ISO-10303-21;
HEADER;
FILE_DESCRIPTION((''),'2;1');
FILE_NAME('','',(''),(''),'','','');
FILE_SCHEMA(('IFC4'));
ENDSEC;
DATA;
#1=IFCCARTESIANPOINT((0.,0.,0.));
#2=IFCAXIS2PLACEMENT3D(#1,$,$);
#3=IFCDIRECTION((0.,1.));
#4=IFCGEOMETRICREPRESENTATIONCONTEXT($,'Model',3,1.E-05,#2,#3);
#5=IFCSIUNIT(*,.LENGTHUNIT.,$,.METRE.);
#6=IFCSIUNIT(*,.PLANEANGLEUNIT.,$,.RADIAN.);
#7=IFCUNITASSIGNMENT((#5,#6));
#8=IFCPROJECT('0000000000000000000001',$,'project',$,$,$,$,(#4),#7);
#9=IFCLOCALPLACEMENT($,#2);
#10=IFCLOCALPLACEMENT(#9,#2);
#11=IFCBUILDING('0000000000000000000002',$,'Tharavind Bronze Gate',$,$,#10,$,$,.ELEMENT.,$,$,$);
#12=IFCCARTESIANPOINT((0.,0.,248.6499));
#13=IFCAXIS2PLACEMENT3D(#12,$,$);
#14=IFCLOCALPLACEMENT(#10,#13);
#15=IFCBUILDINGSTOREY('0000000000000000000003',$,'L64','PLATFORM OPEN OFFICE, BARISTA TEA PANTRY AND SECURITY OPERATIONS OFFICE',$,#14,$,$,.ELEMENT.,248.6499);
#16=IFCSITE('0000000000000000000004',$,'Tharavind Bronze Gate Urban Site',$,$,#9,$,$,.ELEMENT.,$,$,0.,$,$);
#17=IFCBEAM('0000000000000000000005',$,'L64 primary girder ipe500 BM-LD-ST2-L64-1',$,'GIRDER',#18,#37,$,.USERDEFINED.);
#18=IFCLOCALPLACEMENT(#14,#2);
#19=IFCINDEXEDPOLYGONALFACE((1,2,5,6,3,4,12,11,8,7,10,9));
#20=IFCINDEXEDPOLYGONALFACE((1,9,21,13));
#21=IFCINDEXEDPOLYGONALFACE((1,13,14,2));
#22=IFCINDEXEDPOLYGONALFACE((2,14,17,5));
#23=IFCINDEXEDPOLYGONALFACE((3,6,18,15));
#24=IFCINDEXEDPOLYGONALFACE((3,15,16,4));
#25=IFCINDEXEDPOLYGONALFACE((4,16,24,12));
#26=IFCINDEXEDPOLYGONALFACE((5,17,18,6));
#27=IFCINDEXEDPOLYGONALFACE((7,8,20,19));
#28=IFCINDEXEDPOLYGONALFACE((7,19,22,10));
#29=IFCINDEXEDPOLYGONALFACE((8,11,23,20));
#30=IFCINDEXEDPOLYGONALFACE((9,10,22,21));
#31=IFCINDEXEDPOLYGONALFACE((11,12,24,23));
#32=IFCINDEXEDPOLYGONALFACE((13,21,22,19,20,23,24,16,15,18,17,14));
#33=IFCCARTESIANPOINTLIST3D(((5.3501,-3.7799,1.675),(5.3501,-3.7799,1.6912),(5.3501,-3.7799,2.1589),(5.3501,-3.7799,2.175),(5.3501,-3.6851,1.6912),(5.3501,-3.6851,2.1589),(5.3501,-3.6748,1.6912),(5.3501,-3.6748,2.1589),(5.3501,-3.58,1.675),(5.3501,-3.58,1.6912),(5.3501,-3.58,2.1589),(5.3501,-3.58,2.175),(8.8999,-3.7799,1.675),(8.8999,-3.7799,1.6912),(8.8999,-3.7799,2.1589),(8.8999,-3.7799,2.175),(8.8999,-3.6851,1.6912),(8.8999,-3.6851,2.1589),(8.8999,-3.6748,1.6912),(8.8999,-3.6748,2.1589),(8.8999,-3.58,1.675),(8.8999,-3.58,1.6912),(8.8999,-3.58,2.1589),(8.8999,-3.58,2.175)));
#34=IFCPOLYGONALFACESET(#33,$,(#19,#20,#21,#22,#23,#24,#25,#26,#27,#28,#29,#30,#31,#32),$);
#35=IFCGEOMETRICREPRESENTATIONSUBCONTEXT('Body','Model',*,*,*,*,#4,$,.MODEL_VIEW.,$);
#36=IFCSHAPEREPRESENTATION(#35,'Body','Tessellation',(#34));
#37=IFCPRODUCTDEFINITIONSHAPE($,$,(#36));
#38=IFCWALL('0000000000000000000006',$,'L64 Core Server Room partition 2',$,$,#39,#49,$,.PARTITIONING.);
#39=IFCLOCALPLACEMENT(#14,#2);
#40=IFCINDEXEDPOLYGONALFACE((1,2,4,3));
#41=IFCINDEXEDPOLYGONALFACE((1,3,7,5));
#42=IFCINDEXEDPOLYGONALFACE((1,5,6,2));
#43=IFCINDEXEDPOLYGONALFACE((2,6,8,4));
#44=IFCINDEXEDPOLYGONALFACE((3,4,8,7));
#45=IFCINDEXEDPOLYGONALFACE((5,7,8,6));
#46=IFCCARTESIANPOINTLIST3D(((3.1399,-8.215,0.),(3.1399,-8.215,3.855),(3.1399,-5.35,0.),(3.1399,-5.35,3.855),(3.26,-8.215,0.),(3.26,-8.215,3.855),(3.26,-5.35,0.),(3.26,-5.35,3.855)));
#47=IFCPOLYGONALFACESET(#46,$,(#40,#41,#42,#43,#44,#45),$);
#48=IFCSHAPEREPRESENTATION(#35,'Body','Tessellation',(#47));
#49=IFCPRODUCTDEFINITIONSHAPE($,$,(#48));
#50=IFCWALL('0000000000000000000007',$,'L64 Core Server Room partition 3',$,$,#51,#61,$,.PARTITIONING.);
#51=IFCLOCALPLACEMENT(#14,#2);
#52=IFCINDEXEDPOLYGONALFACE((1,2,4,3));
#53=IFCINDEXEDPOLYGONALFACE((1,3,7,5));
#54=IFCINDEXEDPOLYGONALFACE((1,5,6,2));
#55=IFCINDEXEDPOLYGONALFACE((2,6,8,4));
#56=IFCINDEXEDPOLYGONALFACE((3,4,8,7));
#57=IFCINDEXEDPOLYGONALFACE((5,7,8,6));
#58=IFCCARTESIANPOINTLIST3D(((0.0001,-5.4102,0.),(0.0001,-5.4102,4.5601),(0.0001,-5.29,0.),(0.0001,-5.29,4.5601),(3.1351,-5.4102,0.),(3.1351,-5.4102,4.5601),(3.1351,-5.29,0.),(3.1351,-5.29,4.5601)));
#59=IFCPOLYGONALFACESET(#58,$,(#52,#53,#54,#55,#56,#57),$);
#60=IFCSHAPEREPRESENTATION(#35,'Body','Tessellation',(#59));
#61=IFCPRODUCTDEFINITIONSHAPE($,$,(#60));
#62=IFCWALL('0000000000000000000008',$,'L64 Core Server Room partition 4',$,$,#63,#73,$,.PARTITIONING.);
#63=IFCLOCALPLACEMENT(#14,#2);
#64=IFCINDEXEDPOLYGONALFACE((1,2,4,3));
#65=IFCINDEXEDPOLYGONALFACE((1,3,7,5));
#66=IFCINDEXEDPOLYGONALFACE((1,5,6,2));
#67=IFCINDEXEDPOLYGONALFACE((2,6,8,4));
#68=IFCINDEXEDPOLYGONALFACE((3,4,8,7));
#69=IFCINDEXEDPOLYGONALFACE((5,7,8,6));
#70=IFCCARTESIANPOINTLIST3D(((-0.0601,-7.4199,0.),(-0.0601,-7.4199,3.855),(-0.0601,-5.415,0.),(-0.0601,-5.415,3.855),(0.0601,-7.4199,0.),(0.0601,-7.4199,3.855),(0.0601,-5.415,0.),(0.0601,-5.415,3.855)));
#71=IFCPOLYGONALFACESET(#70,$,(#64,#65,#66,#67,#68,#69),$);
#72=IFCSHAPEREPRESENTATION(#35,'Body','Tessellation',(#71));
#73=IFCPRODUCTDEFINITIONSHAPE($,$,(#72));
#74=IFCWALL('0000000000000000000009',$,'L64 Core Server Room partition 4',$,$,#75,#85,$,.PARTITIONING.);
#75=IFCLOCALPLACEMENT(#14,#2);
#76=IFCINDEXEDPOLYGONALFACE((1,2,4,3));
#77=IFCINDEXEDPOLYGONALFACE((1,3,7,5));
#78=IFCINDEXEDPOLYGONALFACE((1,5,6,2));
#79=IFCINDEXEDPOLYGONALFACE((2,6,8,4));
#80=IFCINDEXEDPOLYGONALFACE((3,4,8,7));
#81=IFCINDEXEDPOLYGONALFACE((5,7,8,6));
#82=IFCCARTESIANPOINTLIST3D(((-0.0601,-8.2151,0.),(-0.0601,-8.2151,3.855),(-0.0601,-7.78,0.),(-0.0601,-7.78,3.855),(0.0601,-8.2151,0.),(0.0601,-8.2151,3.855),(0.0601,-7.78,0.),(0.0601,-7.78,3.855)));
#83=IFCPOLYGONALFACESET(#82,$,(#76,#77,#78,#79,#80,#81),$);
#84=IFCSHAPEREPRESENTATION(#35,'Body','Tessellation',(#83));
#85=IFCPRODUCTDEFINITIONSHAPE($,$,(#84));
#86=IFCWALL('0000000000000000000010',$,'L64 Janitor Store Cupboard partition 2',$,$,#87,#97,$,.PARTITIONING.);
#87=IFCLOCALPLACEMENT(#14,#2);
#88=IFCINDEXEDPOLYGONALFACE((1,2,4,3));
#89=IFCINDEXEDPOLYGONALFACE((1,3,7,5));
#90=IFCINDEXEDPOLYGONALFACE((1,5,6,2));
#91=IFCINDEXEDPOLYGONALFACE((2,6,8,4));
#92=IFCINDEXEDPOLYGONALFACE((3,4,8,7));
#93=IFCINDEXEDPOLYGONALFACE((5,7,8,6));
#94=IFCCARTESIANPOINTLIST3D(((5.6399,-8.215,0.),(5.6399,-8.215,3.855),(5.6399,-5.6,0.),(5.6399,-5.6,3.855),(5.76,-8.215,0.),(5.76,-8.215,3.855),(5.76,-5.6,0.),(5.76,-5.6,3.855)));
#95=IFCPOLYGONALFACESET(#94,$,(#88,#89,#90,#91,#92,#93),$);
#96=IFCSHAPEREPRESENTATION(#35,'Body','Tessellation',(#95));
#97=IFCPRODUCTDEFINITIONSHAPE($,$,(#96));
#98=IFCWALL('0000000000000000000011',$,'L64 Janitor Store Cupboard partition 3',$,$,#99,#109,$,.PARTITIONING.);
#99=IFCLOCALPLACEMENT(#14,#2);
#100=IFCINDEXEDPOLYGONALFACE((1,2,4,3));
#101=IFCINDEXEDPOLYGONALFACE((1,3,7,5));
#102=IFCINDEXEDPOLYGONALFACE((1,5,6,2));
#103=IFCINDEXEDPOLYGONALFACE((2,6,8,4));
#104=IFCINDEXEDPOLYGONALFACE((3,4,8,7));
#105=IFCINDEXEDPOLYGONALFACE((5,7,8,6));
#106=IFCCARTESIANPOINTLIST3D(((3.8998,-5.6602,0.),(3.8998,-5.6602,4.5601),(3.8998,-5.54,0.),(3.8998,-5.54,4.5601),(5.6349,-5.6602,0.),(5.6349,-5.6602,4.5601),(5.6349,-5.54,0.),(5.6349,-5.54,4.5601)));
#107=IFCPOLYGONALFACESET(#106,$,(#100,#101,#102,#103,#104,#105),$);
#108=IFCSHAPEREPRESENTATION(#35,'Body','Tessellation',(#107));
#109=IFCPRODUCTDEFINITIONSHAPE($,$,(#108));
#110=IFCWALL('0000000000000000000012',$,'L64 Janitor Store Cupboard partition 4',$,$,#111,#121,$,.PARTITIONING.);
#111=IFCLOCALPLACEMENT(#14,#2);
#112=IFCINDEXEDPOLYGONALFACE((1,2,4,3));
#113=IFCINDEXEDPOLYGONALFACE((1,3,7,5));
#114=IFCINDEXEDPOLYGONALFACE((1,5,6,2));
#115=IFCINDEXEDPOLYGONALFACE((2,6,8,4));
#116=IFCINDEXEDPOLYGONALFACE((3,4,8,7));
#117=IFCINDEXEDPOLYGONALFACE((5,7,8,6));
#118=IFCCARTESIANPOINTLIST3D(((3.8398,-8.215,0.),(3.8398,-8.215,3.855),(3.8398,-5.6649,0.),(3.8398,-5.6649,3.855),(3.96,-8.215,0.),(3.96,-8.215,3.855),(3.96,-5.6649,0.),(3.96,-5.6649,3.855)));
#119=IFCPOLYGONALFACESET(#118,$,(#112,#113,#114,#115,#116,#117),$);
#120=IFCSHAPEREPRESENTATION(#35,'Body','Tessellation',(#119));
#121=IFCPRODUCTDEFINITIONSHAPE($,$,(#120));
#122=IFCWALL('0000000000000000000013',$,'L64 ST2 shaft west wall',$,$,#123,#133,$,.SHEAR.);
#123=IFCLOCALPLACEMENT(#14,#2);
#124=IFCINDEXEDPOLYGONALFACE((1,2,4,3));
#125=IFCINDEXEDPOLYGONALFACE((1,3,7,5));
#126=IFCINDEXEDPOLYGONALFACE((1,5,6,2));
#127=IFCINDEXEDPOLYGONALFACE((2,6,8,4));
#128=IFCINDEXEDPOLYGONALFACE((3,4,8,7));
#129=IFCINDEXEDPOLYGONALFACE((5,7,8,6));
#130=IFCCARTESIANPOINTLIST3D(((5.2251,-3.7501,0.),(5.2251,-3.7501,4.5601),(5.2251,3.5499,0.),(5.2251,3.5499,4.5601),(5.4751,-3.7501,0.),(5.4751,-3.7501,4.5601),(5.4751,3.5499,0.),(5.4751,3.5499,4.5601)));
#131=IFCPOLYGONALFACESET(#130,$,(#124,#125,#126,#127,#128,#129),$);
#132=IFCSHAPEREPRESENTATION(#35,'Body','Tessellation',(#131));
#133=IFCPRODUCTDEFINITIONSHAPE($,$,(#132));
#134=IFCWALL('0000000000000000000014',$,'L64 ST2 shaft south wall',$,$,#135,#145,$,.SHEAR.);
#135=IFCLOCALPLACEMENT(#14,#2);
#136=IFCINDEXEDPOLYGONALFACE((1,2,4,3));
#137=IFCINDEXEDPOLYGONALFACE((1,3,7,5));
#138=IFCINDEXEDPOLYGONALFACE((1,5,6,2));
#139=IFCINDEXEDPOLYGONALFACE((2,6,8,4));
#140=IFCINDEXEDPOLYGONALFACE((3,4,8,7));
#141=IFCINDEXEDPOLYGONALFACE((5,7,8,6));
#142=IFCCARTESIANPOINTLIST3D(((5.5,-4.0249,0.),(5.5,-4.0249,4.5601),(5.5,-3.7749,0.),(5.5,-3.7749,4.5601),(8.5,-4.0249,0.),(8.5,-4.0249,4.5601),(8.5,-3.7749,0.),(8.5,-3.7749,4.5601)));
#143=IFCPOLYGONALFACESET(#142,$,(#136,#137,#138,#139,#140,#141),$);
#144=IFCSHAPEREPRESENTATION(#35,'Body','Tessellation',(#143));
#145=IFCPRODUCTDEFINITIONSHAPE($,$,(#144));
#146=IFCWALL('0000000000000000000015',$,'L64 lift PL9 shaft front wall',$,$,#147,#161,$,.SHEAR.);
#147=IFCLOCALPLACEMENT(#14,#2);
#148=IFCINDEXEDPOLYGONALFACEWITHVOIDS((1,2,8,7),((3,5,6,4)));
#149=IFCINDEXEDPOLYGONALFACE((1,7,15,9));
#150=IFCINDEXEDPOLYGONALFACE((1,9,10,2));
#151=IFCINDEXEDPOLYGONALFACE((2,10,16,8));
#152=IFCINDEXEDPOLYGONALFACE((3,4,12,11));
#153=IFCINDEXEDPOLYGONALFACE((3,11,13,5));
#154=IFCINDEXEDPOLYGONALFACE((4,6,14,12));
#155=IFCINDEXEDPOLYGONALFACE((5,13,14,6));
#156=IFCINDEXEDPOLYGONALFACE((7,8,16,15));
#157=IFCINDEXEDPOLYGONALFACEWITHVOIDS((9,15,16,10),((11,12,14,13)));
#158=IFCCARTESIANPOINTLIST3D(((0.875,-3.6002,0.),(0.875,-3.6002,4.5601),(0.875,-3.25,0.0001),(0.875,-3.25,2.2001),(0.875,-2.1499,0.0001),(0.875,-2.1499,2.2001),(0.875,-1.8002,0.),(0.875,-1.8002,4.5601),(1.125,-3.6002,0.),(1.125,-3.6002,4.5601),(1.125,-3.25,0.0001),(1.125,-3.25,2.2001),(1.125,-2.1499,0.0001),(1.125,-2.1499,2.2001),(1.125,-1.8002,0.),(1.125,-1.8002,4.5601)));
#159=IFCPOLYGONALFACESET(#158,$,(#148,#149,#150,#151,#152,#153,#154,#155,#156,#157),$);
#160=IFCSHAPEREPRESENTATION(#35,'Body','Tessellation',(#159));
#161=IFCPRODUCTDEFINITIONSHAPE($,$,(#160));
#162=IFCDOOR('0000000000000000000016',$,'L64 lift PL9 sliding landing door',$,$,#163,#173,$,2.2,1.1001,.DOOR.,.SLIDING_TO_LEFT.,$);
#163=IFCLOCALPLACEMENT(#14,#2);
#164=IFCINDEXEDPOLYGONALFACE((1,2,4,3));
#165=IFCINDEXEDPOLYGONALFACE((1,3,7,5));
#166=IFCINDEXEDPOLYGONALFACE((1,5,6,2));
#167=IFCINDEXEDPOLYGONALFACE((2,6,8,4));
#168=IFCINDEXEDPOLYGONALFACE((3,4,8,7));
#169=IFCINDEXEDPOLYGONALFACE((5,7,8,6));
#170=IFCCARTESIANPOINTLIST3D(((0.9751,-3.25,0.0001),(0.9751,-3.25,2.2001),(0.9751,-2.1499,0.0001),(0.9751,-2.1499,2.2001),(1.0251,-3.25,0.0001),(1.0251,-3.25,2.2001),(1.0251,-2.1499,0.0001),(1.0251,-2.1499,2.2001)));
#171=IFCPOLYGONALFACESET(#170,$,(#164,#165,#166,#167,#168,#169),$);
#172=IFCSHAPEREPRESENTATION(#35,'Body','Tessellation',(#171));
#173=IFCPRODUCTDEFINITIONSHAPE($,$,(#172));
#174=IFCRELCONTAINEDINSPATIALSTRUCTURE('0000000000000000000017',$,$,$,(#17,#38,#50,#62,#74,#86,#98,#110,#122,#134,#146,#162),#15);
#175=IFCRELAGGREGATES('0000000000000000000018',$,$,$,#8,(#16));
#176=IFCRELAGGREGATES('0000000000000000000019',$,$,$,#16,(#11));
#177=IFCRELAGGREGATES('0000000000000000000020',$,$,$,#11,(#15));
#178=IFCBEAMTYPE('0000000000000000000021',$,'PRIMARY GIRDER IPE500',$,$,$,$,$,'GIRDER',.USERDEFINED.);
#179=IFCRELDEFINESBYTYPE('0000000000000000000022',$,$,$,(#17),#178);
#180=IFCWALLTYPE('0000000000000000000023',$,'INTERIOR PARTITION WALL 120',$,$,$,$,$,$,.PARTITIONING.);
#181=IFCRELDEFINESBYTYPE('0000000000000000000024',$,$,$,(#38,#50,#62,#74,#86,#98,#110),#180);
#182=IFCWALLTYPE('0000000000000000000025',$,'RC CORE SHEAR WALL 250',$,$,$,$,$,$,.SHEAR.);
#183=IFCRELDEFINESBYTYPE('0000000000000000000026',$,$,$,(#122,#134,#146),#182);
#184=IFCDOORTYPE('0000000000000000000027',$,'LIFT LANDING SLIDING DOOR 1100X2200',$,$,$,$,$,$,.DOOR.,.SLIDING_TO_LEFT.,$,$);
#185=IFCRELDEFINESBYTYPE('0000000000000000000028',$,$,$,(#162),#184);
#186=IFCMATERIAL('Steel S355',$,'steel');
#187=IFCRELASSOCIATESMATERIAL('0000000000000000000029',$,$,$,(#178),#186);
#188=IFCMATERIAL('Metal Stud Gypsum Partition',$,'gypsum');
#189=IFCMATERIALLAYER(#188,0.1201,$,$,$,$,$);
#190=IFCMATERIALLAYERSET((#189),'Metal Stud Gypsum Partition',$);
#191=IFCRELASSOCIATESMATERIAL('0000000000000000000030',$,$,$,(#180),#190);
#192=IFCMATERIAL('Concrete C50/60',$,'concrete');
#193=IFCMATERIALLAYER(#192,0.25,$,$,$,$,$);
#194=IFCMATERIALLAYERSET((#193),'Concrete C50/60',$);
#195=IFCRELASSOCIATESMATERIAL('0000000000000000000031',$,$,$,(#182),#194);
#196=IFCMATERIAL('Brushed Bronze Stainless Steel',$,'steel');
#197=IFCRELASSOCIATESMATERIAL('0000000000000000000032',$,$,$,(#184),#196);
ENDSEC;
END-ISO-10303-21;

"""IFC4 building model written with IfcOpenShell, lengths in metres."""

from ifc_helpers import new_model, si_unit, direction, frame, frame_2d, origin, origin_2d, place, context, subcontext, project, spatial, rectangle, i_section, extrude, material, layer, layer_set, material_profile, profile_set, type_object, element, fill, save


model = new_model("IFC4")

# Units and contexts
model_context = context("Model", 3, precision=1e-05, world=origin(), true_north=direction((0.0, 1.0)))
body_context = subcontext(model_context, "Body", "Model", "MODEL_VIEW")
ifc_project = project(units=[si_unit("LENGTHUNIT", "METRE"), si_unit("PLANEANGLEUNIT", "RADIAN")], contexts=[model_context])

# Site, building, storey
site_placement = place(None, origin())
site = spatial("IfcSite", under=ifc_project, at=site_placement, Name="Tharavind Bronze Gate Urban Site", CompositionType="ELEMENT", RefElevation=0.0)
building_placement = place(site_placement, origin())
building = spatial("IfcBuilding", under=site, at=building_placement, Name="Tharavind Bronze Gate", CompositionType="ELEMENT")
storey_placement = place(building_placement, frame((0.0, 0.0, 248.6499)))
storey = spatial("IfcBuildingStorey", under=building, at=storey_placement, Name="L64", Description="PLATFORM OPEN OFFICE, BARISTA TEA PANTRY AND SECURITY OPERATIONS OFFICE", CompositionType="ELEMENT", Elevation=248.6499)

# Beam
ifc_material_1 = material(Name="Steel S355", Category="steel")
ifc_material_profile = material_profile(ifc_material_1, i_section(OverallWidth=0.2, OverallDepth=0.5, WebThickness=0.0103, FlangeThickness=0.0161, at=origin_2d()), Name="IPE500")
ifc_profile_set = profile_set([ifc_material_profile], Name="Steel S355")
beam_type = type_object("IfcBeamType", Name="PRIMARY GIRDER IPE500", ElementType="GIRDER", PredefinedType="USERDEFINED", material=ifc_profile_set)
beam_placement = place(storey_placement, frame((5.3501, -3.6799, 1.925), z_axis=(1.0, 0.0, 0.0), x_axis=(0.0, 1.0, 0.0)))
element("IfcBeam", 1, at=beam_placement, inside=storey, type_object=beam_type, Name="L64 primary girder ipe500 BM-LD-ST2-L64-1", ObjectType="GIRDER", PredefinedType="USERDEFINED", context=body_context, shape_type="SweptSolid", body=[
    extrude(i_section(OverallWidth=0.2, OverallDepth=0.5, WebThickness=0.0103, FlangeThickness=0.0161, at=origin_2d()), origin(), (0.0, 0.0, 1.0), 3.5498),
])

# Walls
ifc_material_2 = material(Name="Metal Stud Gypsum Partition", Category="gypsum")
ifc_layer_1 = layer(ifc_material_2, 0.1201)
ifc_layer_set_1 = layer_set([ifc_layer_1], Name="Metal Stud Gypsum Partition")
wall_type_1 = type_object("IfcWallType", Name="INTERIOR PARTITION WALL 120", PredefinedType="PARTITIONING", material=ifc_layer_set_1)
wall_1_placement = place(storey_placement, frame((3.2, -8.2151, 0.0), z_axis=(0.0, 0.0, 1.0), x_axis=(0.0, 1.0, 0.0)))
element("IfcWall", 2, at=wall_1_placement, inside=storey, type_object=wall_type_1, Name="L64 Core Server Room partition 2", PredefinedType="PARTITIONING", context=body_context, shape_type="SweptSolid", body=[
    extrude(rectangle(XDim=2.865, YDim=0.1201, at=frame_2d((1.4326, 0.0))), origin(), (0.0, 0.0, 1.0), 3.855),
])
wall_2_placement = place(storey_placement, frame((3.135, -5.3501, 0.0), z_axis=(0.0, 0.0, 1.0), x_axis=(-1.0, 0.0, 0.0)))
element("IfcWall", 3, at=wall_2_placement, inside=storey, type_object=wall_type_1, Name="L64 Core Server Room partition 3", PredefinedType="PARTITIONING", context=body_context, shape_type="SweptSolid", body=[
    extrude(rectangle(XDim=3.135, YDim=0.1201, at=frame_2d((1.5674, 0.0))), origin(), (0.0, 0.0, 1.0), 4.5601),
])
wall_3_placement = place(storey_placement, frame((0.0, -5.415, 0.0), z_axis=(0.0, 0.0, 1.0), x_axis=(0.0, -1.0, 0.0)))
element("IfcWall", 4, at=wall_3_placement, inside=storey, type_object=wall_type_1, Name="L64 Core Server Room partition 4", PredefinedType="PARTITIONING", context=body_context, shape_type="SweptSolid", body=[
    extrude(rectangle(XDim=2.0049, YDim=0.1201, at=frame_2d((1.0024, 0.0))), origin(), (0.0, 0.0, 1.0), 3.855),
])
wall_4_placement = place(storey_placement, frame((0.0, -7.78, 0.0), z_axis=(0.0, 0.0, 1.0), x_axis=(0.0, -1.0, 0.0)))
element("IfcWall", 5, at=wall_4_placement, inside=storey, type_object=wall_type_1, Name="L64 Core Server Room partition 4", PredefinedType="PARTITIONING", context=body_context, shape_type="SweptSolid", body=[
    extrude(rectangle(XDim=0.4351, YDim=0.1201, at=frame_2d((0.2175, 0.0))), origin(), (0.0, 0.0, 1.0), 3.855),
])
wall_5_placement = place(storey_placement, frame((5.7, -8.2151, 0.0), z_axis=(0.0, 0.0, 1.0), x_axis=(0.0, 1.0, 0.0)))
element("IfcWall", 6, at=wall_5_placement, inside=storey, type_object=wall_type_1, Name="L64 Janitor Store Cupboard partition 2", PredefinedType="PARTITIONING", context=body_context, shape_type="SweptSolid", body=[
    extrude(rectangle(XDim=2.615, YDim=0.1201, at=frame_2d((1.3076, 0.0))), origin(), (0.0, 0.0, 1.0), 3.855),
])
wall_6_placement = place(storey_placement, frame((5.635, -5.6001, 0.0), z_axis=(0.0, 0.0, 1.0), x_axis=(-1.0, 0.0, 0.0)))
element("IfcWall", 7, at=wall_6_placement, inside=storey, type_object=wall_type_1, Name="L64 Janitor Store Cupboard partition 3", PredefinedType="PARTITIONING", context=body_context, shape_type="SweptSolid", body=[
    extrude(rectangle(XDim=1.7351, YDim=0.1201, at=frame_2d((0.8677, 0.0))), origin(), (0.0, 0.0, 1.0), 4.5601),
])
wall_7_placement = place(storey_placement, frame((3.8999, -5.665, 0.0), z_axis=(0.0, 0.0, 1.0), x_axis=(0.0, -1.0, 0.0)))
element("IfcWall", 8, at=wall_7_placement, inside=storey, type_object=wall_type_1, Name="L64 Janitor Store Cupboard partition 4", PredefinedType="PARTITIONING", context=body_context, shape_type="SweptSolid", body=[
    extrude(rectangle(XDim=2.55, YDim=0.1201, at=frame_2d((1.2749, 0.0))), origin(), (0.0, 0.0, 1.0), 3.855),
])
ifc_material_3 = material(Name="Concrete C50/60", Category="concrete")
ifc_layer_2 = layer(ifc_material_3, 0.25)
ifc_layer_set_2 = layer_set([ifc_layer_2], Name="Concrete C50/60")
wall_type_2 = type_object("IfcWallType", Name="RC CORE SHEAR WALL 250", PredefinedType="SHEAR", material=ifc_layer_set_2)
wall_8_placement = place(storey_placement, frame((5.3501, -3.75, 0.0), z_axis=(0.0, 0.0, 1.0), x_axis=(0.0, 1.0, 0.0)))
element("IfcWall", 9, at=wall_8_placement, inside=storey, type_object=wall_type_2, Name="L64 ST2 shaft west wall", PredefinedType="SHEAR", context=body_context, shape_type="SweptSolid", body=[
    extrude(rectangle(XDim=7.3, YDim=0.25, at=frame_2d((3.6499, 0.0))), origin(), (0.0, 0.0, 1.0), 4.5601),
])
wall_9_placement = place(storey_placement, frame((5.5, -3.8999, 0.0), z_axis=(0.0, 0.0, 1.0), x_axis=(1.0, 0.0, 0.0)))
element("IfcWall", 10, at=wall_9_placement, inside=storey, type_object=wall_type_2, Name="L64 ST2 shaft south wall", PredefinedType="SHEAR", context=body_context, shape_type="SweptSolid", body=[
    extrude(rectangle(XDim=3.0, YDim=0.25, at=frame_2d((1.5, 0.0))), origin(), (0.0, 0.0, 1.0), 4.5601),
])

# Wall, opening, door
wall_10_placement = place(storey_placement, frame((1.0, -3.6001, 0.0), z_axis=(0.0, 0.0, 1.0), x_axis=(0.0, 1.0, 0.0)))
wall_10 = element("IfcWall", 11, at=wall_10_placement, inside=storey, type_object=wall_type_2, Name="L64 lift PL9 shaft front wall", PredefinedType="SHEAR", context=body_context, shape_type="SweptSolid", body=[
    extrude(rectangle(XDim=1.8, YDim=0.25, at=frame_2d((0.8999, 0.0))), origin(), (0.0, 0.0, 1.0), 4.5601),
])
opening_1_placement = place(wall_10_placement, frame((0.3501, 0.0, 0.0)))
opening_1 = element("IfcOpeningElement", 12, at=opening_1_placement, cuts=wall_10, PredefinedType="OPENING", context=body_context, shape_type="SweptSolid", body=[
    extrude(rectangle(XDim=1.1001, YDim=2.2, at=frame_2d((0.55, 1.1001))), frame((0.0, 0.135, 0.0), z_axis=(0.0, -1.0, 0.0), x_axis=(1.0, 0.0, 0.0)), (0.0, 0.0, 1.0), 0.27),
])
ifc_material_4 = material(Name="Brushed Bronze Stainless Steel", Category="steel")
door_type = type_object("IfcDoorType", Name="LIFT LANDING SLIDING DOOR 1100X2200", OperationType="SLIDING_TO_LEFT", PredefinedType="DOOR", material=ifc_material_4)
door_1_placement = place(opening_1_placement, origin())
door_1 = element("IfcDoor", 13, at=door_1_placement, inside=storey, type_object=door_type, Name="L64 lift PL9 sliding landing door", OperationType="SLIDING_TO_LEFT", OverallHeight=2.2, OverallWidth=1.1001, PredefinedType="DOOR", context=body_context, shape_type="SweptSolid", body=[
    extrude(rectangle(XDim=1.1001, YDim=2.2, at=frame_2d((0.55, 1.1001))), frame((0.0, 0.0249, 0.0), z_axis=(0.0, -1.0, 0.0), x_axis=(1.0, 0.0, 0.0)), (0.0, 0.0, 1.0), 0.05),
])
fill(opening_1, door_1)

save(model, "model.ifc")
